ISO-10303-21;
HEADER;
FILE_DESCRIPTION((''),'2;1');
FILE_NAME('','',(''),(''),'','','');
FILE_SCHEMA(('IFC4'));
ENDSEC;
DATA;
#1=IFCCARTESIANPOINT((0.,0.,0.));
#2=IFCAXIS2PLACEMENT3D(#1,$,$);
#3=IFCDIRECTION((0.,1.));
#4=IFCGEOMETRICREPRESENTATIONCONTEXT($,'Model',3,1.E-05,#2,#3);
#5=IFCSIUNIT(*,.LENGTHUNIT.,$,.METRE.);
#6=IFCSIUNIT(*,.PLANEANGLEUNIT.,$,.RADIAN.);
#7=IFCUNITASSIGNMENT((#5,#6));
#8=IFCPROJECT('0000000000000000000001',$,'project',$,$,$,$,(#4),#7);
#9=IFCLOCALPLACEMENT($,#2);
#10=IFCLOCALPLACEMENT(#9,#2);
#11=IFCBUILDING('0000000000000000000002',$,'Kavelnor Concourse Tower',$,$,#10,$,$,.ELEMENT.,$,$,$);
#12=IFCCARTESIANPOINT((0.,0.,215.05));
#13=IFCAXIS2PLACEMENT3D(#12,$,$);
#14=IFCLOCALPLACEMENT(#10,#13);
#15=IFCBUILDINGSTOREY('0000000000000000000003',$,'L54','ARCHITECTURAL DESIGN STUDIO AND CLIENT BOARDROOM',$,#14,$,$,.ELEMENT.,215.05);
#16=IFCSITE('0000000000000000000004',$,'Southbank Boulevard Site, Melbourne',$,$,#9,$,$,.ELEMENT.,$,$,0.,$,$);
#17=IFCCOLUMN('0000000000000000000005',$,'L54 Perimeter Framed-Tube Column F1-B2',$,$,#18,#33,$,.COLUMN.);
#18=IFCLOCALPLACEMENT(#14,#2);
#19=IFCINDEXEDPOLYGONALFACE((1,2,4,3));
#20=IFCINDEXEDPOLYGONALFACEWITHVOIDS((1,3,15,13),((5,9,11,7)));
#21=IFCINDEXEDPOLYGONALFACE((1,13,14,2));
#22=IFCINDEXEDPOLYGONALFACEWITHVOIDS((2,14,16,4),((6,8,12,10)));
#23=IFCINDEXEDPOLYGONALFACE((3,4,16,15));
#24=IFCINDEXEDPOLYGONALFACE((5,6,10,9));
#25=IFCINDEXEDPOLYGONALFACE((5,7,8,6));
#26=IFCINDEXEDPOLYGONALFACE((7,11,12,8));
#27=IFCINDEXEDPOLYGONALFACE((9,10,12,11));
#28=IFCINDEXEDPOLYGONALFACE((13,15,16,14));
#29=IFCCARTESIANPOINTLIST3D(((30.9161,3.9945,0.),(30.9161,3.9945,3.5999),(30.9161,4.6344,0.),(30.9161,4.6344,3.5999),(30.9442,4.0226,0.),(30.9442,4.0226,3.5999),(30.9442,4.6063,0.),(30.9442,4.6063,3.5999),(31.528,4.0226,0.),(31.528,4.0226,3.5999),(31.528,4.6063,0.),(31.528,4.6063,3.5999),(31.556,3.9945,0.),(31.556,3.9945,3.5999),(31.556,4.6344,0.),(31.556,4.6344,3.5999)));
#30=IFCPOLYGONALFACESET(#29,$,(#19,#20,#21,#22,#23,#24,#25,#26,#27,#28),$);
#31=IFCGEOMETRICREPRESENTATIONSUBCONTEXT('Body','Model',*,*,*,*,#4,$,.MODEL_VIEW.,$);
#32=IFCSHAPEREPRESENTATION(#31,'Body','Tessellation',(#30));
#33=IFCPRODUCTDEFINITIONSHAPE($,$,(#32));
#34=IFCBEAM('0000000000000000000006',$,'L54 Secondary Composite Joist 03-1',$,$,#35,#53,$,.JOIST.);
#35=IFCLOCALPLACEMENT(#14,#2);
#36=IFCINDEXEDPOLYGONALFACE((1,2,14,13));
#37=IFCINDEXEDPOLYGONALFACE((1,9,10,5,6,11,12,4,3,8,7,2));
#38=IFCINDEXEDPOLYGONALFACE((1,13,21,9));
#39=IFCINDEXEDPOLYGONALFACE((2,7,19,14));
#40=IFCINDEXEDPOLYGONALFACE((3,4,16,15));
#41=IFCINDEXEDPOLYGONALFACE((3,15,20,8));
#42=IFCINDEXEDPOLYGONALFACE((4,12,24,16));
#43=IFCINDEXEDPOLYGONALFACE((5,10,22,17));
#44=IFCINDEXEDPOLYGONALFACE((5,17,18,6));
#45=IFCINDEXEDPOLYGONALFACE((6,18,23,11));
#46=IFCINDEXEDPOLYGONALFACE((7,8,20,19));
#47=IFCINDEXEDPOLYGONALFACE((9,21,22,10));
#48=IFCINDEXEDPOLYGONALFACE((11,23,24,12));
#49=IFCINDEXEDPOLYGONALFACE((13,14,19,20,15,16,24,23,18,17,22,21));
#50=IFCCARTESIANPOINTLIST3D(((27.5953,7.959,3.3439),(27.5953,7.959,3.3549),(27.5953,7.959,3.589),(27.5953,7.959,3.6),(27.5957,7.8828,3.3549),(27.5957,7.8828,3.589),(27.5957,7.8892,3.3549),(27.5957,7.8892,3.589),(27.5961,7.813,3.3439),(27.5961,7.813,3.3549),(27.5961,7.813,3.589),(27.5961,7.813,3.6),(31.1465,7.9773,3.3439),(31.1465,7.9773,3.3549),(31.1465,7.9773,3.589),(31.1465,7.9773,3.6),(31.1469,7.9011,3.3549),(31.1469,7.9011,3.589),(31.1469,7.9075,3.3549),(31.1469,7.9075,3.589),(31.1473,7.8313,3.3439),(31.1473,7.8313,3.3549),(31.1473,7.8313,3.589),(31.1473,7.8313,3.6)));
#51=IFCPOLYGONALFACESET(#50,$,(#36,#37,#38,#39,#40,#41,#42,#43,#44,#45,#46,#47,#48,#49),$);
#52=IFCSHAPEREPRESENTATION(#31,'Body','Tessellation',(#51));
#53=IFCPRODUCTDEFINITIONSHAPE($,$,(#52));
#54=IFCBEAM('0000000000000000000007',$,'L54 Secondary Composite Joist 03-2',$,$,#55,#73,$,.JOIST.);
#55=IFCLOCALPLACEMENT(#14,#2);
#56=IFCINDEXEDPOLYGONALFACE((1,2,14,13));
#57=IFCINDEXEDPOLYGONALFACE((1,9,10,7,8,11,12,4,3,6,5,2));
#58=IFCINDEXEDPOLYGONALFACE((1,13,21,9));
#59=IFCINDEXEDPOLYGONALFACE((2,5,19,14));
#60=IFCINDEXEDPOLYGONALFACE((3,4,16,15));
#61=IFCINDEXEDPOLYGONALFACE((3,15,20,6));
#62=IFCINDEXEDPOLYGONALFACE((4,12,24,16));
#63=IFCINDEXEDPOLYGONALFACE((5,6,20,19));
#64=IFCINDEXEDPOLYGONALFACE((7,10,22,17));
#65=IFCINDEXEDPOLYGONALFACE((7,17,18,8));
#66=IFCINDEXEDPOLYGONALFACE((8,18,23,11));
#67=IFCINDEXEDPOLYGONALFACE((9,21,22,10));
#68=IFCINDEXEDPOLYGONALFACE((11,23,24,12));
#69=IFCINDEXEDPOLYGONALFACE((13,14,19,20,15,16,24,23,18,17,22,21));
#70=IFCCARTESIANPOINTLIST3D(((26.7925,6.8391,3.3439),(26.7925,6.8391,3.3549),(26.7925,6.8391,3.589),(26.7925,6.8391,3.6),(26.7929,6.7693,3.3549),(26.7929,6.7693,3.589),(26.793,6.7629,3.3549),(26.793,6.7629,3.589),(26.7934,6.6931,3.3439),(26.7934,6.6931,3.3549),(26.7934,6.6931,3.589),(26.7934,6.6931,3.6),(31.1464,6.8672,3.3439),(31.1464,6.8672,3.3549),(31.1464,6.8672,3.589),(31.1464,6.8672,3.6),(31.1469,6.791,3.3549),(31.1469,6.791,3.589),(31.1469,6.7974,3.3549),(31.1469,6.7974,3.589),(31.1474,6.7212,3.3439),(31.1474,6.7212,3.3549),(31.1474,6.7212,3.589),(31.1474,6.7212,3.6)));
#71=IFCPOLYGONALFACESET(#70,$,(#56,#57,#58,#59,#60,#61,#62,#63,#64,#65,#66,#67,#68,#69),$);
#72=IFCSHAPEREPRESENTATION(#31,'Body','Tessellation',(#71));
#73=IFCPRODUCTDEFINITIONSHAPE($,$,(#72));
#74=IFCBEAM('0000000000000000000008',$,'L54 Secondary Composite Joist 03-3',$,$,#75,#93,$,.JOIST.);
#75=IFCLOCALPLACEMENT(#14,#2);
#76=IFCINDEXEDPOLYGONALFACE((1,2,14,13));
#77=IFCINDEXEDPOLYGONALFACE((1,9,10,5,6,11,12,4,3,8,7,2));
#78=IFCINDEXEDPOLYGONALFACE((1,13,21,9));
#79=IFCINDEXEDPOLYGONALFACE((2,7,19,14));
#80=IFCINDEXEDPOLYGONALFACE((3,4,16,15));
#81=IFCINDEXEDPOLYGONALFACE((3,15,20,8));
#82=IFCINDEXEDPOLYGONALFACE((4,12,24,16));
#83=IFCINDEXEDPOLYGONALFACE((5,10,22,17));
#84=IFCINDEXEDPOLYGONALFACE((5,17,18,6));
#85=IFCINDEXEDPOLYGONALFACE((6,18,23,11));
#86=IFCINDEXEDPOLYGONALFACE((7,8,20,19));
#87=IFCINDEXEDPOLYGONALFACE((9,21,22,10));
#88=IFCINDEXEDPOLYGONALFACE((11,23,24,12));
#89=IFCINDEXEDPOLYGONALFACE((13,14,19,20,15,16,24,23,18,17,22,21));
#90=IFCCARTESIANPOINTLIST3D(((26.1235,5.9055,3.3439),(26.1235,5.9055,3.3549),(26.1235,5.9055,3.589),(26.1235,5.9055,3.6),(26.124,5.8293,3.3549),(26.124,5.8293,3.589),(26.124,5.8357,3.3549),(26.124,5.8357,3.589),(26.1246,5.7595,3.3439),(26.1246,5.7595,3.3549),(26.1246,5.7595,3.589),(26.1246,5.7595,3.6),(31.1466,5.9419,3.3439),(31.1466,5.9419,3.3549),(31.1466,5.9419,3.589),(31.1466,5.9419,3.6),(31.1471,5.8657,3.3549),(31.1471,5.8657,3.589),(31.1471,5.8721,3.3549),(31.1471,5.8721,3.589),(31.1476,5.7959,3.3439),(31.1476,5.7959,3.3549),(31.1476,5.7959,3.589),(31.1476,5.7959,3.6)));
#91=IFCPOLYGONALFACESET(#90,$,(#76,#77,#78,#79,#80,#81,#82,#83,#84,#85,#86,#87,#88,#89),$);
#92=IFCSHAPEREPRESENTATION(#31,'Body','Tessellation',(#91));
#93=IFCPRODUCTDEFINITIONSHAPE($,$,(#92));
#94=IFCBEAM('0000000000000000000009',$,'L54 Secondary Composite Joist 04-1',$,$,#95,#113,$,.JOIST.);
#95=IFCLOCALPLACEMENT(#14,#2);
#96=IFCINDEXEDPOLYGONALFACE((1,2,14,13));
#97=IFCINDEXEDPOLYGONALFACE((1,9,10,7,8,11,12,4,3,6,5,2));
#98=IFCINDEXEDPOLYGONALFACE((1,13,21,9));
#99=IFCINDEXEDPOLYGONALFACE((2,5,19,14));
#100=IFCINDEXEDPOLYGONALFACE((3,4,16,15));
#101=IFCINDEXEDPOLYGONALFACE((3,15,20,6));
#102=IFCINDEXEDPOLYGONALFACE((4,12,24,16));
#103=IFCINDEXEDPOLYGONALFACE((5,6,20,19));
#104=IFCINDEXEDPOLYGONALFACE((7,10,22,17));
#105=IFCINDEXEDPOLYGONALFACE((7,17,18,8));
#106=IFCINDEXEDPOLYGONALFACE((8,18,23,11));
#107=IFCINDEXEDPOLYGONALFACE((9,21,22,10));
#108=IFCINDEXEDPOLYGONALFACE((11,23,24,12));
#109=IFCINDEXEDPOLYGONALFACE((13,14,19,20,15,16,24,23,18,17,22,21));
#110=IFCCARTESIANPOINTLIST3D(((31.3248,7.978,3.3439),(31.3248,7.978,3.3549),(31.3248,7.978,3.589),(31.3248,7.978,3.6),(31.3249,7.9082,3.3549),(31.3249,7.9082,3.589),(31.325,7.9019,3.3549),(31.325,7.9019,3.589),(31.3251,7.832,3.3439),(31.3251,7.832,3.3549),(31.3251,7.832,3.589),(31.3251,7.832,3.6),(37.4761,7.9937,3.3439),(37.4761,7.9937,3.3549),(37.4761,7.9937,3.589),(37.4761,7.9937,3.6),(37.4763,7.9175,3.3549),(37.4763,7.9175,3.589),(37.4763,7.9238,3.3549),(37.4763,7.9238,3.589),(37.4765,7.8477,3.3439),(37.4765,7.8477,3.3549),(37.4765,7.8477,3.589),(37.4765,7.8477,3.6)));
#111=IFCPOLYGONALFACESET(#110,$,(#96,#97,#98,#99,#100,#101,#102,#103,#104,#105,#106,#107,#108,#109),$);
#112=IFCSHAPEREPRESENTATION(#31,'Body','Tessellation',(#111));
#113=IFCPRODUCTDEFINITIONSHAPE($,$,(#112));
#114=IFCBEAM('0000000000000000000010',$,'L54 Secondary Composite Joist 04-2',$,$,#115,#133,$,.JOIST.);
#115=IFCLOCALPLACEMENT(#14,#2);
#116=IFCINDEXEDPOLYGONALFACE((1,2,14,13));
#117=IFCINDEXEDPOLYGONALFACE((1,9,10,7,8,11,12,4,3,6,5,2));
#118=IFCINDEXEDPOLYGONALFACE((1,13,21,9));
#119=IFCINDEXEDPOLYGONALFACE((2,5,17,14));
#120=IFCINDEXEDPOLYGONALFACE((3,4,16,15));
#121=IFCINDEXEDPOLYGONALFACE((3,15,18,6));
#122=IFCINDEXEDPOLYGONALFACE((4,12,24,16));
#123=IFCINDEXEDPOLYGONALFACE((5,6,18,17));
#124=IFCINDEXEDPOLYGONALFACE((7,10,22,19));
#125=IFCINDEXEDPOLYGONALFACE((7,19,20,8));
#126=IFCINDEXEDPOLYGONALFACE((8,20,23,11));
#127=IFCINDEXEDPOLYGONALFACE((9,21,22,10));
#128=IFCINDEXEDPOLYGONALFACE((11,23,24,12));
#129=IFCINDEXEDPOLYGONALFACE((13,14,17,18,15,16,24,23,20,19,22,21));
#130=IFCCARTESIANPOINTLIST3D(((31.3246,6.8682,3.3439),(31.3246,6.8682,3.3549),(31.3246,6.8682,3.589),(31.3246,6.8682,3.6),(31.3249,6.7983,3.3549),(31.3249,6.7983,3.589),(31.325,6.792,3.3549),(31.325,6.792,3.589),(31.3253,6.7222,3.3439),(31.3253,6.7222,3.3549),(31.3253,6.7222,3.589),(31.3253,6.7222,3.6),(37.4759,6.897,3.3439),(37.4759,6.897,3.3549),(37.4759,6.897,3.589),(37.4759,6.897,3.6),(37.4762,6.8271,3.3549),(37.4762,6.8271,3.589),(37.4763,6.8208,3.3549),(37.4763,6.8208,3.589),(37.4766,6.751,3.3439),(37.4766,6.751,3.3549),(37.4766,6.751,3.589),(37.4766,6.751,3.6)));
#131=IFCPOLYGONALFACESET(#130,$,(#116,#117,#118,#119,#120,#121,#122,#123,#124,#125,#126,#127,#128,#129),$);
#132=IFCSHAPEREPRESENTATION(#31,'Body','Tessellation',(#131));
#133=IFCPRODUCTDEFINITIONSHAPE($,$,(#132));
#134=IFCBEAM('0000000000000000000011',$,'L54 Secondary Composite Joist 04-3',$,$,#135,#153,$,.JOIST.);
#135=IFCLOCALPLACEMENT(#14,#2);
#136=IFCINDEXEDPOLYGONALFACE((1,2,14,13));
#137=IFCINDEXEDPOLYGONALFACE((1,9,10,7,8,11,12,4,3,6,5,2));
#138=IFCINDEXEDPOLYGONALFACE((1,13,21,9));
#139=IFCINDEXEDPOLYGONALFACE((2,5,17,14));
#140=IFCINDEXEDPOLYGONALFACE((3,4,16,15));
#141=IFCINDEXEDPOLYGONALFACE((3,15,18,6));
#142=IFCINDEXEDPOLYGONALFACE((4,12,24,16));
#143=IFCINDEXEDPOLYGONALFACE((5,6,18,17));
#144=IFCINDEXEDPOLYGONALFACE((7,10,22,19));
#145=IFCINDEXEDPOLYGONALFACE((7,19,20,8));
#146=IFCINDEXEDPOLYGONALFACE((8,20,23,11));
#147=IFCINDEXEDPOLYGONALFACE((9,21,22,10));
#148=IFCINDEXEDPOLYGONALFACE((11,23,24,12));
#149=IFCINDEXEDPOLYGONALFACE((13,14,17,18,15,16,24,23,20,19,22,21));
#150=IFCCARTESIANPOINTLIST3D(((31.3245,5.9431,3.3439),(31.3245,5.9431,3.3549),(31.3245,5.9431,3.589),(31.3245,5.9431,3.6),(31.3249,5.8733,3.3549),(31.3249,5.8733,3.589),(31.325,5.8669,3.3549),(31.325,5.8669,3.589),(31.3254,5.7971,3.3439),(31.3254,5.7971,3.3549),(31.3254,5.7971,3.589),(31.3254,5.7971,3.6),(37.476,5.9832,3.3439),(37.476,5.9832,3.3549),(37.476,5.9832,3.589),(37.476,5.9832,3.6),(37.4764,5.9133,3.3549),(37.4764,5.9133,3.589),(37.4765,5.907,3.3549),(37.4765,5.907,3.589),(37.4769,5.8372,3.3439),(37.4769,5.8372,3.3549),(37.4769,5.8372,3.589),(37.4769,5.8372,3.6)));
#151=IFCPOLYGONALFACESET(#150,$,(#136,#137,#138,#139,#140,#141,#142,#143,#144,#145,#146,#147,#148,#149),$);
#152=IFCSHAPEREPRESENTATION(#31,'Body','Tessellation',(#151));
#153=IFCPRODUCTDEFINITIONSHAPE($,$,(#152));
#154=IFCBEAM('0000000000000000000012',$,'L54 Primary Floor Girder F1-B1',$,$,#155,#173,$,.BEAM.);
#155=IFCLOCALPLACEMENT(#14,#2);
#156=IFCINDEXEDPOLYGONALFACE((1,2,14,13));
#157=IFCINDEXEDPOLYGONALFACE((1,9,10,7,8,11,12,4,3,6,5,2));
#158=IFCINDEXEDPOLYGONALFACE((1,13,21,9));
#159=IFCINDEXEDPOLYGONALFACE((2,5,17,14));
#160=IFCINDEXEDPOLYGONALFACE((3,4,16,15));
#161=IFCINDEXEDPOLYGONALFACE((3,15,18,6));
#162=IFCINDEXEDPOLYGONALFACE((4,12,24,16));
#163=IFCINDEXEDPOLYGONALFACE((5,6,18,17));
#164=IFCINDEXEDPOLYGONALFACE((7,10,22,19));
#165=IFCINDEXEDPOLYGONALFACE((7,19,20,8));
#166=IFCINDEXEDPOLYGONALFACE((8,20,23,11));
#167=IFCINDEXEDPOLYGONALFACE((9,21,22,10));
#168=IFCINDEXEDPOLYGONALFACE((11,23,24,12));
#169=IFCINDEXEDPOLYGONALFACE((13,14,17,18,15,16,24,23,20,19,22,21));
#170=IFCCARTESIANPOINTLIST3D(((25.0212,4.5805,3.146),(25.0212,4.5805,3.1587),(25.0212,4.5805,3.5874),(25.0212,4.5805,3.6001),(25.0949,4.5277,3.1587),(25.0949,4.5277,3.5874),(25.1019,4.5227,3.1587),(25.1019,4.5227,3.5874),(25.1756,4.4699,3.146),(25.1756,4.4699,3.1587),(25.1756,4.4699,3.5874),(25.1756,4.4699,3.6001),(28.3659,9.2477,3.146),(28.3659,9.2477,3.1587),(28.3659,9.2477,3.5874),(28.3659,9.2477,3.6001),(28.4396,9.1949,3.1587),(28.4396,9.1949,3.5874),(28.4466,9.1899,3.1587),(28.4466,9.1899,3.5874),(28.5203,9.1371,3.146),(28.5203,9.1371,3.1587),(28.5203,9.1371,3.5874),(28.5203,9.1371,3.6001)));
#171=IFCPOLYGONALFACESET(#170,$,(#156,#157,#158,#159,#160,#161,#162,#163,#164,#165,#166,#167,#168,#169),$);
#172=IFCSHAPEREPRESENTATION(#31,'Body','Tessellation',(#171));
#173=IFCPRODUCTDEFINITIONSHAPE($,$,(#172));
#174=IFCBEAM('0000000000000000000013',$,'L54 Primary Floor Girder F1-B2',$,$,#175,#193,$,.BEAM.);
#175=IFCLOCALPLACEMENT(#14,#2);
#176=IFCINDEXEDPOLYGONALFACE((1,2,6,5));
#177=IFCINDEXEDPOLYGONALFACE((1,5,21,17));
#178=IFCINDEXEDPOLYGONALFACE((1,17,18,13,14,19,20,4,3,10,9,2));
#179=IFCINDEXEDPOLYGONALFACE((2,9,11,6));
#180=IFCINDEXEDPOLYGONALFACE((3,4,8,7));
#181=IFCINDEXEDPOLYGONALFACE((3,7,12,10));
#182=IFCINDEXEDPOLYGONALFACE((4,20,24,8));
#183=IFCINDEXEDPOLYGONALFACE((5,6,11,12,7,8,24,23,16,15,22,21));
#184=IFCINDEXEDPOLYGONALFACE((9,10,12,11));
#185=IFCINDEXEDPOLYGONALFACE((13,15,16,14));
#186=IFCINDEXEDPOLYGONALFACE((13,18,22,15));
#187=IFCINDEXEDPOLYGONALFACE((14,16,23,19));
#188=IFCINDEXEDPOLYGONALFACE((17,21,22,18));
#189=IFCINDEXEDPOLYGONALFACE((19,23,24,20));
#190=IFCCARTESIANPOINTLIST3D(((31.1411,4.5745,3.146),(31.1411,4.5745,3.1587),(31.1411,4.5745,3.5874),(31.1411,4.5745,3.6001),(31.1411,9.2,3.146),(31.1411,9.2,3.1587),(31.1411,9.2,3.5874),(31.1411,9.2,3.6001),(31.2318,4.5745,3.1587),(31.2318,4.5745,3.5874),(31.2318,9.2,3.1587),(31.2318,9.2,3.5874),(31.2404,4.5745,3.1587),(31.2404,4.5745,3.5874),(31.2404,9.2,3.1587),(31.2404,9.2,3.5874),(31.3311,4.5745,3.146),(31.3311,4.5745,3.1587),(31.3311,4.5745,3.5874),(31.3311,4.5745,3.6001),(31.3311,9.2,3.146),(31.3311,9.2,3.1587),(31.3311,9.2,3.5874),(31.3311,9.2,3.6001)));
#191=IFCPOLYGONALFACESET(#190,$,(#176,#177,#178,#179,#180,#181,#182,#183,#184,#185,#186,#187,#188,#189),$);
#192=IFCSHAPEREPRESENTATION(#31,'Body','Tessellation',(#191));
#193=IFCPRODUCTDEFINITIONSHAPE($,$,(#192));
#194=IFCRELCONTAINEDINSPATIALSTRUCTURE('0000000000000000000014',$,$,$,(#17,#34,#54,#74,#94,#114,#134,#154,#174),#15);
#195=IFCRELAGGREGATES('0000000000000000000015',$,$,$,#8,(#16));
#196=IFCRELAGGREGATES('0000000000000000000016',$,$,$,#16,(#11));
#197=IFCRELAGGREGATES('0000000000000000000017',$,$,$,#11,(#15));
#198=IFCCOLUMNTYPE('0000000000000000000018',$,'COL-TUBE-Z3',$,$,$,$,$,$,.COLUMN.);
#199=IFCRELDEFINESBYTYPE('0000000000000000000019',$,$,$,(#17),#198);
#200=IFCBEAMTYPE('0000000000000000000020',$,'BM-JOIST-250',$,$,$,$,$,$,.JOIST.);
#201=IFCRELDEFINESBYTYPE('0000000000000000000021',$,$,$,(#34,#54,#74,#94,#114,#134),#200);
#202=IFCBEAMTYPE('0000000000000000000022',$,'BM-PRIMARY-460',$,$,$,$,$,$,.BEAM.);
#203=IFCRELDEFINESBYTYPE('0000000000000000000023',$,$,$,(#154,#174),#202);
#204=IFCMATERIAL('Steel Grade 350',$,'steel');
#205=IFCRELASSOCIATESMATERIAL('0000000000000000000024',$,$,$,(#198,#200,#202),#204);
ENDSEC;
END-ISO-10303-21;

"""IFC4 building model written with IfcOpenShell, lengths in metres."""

from ifc_helpers import new_model, si_unit, direction, frame, origin, origin_2d, place, context, subcontext, project, spatial, hollow_rectangle, i_section, extrude, material, material_profile, profile_set, type_object, element, save


model = new_model("IFC4")

# Units and contexts
model_context = context("Model", 3, precision=1e-05, world=origin(), true_north=direction((0.0, 1.0)))
body_context = subcontext(model_context, "Body", "Model", "MODEL_VIEW")
ifc_project = project(units=[si_unit("LENGTHUNIT", "METRE"), si_unit("PLANEANGLEUNIT", "RADIAN")], contexts=[model_context])

# Site, building, storey
site_placement = place(None, origin())
site = spatial("IfcSite", under=ifc_project, at=site_placement, Name="Southbank Boulevard Site, Melbourne", CompositionType="ELEMENT", RefElevation=0.0)
building_placement = place(site_placement, origin())
building = spatial("IfcBuilding", under=site, at=building_placement, Name="Kavelnor Concourse Tower", CompositionType="ELEMENT")
storey_placement = place(building_placement, frame((0.0, 0.0, 215.05)))
storey = spatial("IfcBuildingStorey", under=building, at=storey_placement, Name="L54", Description="ARCHITECTURAL DESIGN STUDIO AND CLIENT BOARDROOM", CompositionType="ELEMENT", Elevation=215.05)

# Column
ifc_material_1 = material(Name="Steel Grade 350", Category="steel")
ifc_material_profile_1 = material_profile(ifc_material_1, hollow_rectangle(XDim=0.6399, YDim=0.6399, WallThickness=0.0281, at=origin_2d()), Name="SHS 640x640x28")
ifc_profile_set_1 = profile_set([ifc_material_profile_1], Name="Steel Grade 350")
column_type = type_object("IfcColumnType", Name="COL-TUBE-Z3", PredefinedType="COLUMN", material=ifc_profile_set_1)
column_placement = place(storey_placement, frame((31.2361, 4.3145, 0.0), z_axis=(0.0, 0.0, 1.0), x_axis=(1.0, 0.0, 0.0)))
element("IfcColumn", 1, at=column_placement, inside=storey, type_object=column_type, Name="L54 Perimeter Framed-Tube Column F1-B2", PredefinedType="COLUMN", context=body_context, shape_type="SweptSolid", body=[
    extrude(hollow_rectangle(XDim=0.6399, YDim=0.6399, WallThickness=0.0281, at=origin_2d()), origin(), (0.0, 0.0, 1.0), 3.5999),
])

# Beams
ifc_material_profile_2 = material_profile(ifc_material_1, i_section(OverallWidth=0.146, OverallDepth=0.2561, WebThickness=0.0063, FlangeThickness=0.011, at=origin_2d()), Name="250UB37")
ifc_profile_set_2 = profile_set([ifc_material_profile_2], Name="Steel Grade 350")
beam_type_1 = type_object("IfcBeamType", Name="BM-JOIST-250", PredefinedType="JOIST", material=ifc_profile_set_2)
beam_1_placement = place(storey_placement, frame((27.5957, 7.886, 3.4719), z_axis=(0.999987, 0.005156, 0.0), x_axis=(-0.005156, 0.999987, 0.0)))
element("IfcBeam", 2, at=beam_1_placement, inside=storey, type_object=beam_type_1, Name="L54 Secondary Composite Joist 03-1", PredefinedType="JOIST", context=body_context, shape_type="SweptSolid", body=[
    extrude(i_section(OverallWidth=0.146, OverallDepth=0.2561, WebThickness=0.0063, FlangeThickness=0.011, at=origin_2d()), origin(), (0.0, 0.0, 1.0), 3.5513),
])
beam_2_placement = place(storey_placement, frame((26.793, 6.7661, 3.4719), z_axis=(0.999979, 0.006448, 0.0), x_axis=(-0.006448, 0.999979, 0.0)))
element("IfcBeam", 3, at=beam_2_placement, inside=storey, type_object=beam_type_1, Name="L54 Secondary Composite Joist 03-2", PredefinedType="JOIST", context=body_context, shape_type="SweptSolid", body=[
    extrude(i_section(OverallWidth=0.146, OverallDepth=0.2561, WebThickness=0.0063, FlangeThickness=0.011, at=origin_2d()), origin(), (0.0, 0.0, 1.0), 4.354),
])
beam_3_placement = place(storey_placement, frame((26.124, 5.8325, 3.4719), z_axis=(0.999974, 0.007242, 0.0), x_axis=(-0.007242, 0.999974, 0.0)))
element("IfcBeam", 4, at=beam_3_placement, inside=storey, type_object=beam_type_1, Name="L54 Secondary Composite Joist 03-3", PredefinedType="JOIST", context=body_context, shape_type="SweptSolid", body=[
    extrude(i_section(OverallWidth=0.146, OverallDepth=0.2561, WebThickness=0.0063, FlangeThickness=0.011, at=origin_2d()), origin(), (0.0, 0.0, 1.0), 5.0232),
])
for number, where, z_axis, x_axis, name in (
    (5, (31.325, 7.905, 3.4719), (0.999997, 0.00254, 0.0), (-0.00254, 0.999997, 0.0), "L54 Secondary Composite Joist 04-1"),
    (6, (31.325, 6.7952, 3.4719), (0.999989, 0.004683, 0.0), (-0.004683, 0.999989, 0.0), "L54 Secondary Composite Joist 04-2"),
):
    element("IfcBeam", number, at=place(storey_placement, frame(where, z_axis=z_axis, x_axis=x_axis)), inside=storey, type_object=beam_type_1, Name=name, PredefinedType="JOIST", context=body_context, shape_type="SweptSolid", body=[
        extrude(i_section(OverallWidth=0.146, OverallDepth=0.2561, WebThickness=0.0063, FlangeThickness=0.011, at=origin_2d()), origin(), (0.0, 0.0, 1.0), 6.1514),
    ])
beam_4_placement = place(storey_placement, frame((31.325, 5.8701, 3.4719), z_axis=(0.999979, 0.006509, 0.0), x_axis=(-0.006509, 0.999979, 0.0)))
element("IfcBeam", 7, at=beam_4_placement, inside=storey, type_object=beam_type_1, Name="L54 Secondary Composite Joist 04-3", PredefinedType="JOIST", context=body_context, shape_type="SweptSolid", body=[
    extrude(i_section(OverallWidth=0.146, OverallDepth=0.2561, WebThickness=0.0063, FlangeThickness=0.011, at=origin_2d()), origin(), (0.0, 0.0, 1.0), 6.1516),
])
ifc_material_profile_3 = material_profile(ifc_material_1, i_section(OverallWidth=0.1899, OverallDepth=0.4541, WebThickness=0.0085, FlangeThickness=0.0127, at=origin_2d()), Name="460UB67")
ifc_profile_set_3 = profile_set([ifc_material_profile_3], Name="Steel Grade 350")
beam_type_2 = type_object("IfcBeamType", Name="BM-PRIMARY-460", PredefinedType="BEAM", material=ifc_profile_set_3)
beam_5_placement = place(storey_placement, frame((28.4431, 9.1924, 3.373), z_axis=(-0.582504, -0.812828, 0.0), x_axis=(0.812828, -0.582504, 0.0)))
element("IfcBeam", 8, at=beam_5_placement, inside=storey, type_object=beam_type_2, Name="L54 Primary Floor Girder F1-B1", PredefinedType="BEAM", context=body_context, shape_type="SweptSolid", body=[
    extrude(i_section(OverallWidth=0.1899, OverallDepth=0.4541, WebThickness=0.0085, FlangeThickness=0.0127, at=origin_2d()), origin(), (0.0, 0.0, 1.0), 5.7419),
])
beam_6_placement = place(storey_placement, frame((31.2361, 9.2, 3.373), z_axis=(0.0, -1.0, 0.0), x_axis=(1.0, 0.0, 0.0)))
element("IfcBeam", 9, at=beam_6_placement, inside=storey, type_object=beam_type_2, Name="L54 Primary Floor Girder F1-B2", PredefinedType="BEAM", context=body_context, shape_type="SweptSolid", body=[
    extrude(i_section(OverallWidth=0.1899, OverallDepth=0.4541, WebThickness=0.0085, FlangeThickness=0.0127, at=origin_2d()), origin(), (0.0, 0.0, 1.0), 4.6255),
])

save(model, "model.ifc")
